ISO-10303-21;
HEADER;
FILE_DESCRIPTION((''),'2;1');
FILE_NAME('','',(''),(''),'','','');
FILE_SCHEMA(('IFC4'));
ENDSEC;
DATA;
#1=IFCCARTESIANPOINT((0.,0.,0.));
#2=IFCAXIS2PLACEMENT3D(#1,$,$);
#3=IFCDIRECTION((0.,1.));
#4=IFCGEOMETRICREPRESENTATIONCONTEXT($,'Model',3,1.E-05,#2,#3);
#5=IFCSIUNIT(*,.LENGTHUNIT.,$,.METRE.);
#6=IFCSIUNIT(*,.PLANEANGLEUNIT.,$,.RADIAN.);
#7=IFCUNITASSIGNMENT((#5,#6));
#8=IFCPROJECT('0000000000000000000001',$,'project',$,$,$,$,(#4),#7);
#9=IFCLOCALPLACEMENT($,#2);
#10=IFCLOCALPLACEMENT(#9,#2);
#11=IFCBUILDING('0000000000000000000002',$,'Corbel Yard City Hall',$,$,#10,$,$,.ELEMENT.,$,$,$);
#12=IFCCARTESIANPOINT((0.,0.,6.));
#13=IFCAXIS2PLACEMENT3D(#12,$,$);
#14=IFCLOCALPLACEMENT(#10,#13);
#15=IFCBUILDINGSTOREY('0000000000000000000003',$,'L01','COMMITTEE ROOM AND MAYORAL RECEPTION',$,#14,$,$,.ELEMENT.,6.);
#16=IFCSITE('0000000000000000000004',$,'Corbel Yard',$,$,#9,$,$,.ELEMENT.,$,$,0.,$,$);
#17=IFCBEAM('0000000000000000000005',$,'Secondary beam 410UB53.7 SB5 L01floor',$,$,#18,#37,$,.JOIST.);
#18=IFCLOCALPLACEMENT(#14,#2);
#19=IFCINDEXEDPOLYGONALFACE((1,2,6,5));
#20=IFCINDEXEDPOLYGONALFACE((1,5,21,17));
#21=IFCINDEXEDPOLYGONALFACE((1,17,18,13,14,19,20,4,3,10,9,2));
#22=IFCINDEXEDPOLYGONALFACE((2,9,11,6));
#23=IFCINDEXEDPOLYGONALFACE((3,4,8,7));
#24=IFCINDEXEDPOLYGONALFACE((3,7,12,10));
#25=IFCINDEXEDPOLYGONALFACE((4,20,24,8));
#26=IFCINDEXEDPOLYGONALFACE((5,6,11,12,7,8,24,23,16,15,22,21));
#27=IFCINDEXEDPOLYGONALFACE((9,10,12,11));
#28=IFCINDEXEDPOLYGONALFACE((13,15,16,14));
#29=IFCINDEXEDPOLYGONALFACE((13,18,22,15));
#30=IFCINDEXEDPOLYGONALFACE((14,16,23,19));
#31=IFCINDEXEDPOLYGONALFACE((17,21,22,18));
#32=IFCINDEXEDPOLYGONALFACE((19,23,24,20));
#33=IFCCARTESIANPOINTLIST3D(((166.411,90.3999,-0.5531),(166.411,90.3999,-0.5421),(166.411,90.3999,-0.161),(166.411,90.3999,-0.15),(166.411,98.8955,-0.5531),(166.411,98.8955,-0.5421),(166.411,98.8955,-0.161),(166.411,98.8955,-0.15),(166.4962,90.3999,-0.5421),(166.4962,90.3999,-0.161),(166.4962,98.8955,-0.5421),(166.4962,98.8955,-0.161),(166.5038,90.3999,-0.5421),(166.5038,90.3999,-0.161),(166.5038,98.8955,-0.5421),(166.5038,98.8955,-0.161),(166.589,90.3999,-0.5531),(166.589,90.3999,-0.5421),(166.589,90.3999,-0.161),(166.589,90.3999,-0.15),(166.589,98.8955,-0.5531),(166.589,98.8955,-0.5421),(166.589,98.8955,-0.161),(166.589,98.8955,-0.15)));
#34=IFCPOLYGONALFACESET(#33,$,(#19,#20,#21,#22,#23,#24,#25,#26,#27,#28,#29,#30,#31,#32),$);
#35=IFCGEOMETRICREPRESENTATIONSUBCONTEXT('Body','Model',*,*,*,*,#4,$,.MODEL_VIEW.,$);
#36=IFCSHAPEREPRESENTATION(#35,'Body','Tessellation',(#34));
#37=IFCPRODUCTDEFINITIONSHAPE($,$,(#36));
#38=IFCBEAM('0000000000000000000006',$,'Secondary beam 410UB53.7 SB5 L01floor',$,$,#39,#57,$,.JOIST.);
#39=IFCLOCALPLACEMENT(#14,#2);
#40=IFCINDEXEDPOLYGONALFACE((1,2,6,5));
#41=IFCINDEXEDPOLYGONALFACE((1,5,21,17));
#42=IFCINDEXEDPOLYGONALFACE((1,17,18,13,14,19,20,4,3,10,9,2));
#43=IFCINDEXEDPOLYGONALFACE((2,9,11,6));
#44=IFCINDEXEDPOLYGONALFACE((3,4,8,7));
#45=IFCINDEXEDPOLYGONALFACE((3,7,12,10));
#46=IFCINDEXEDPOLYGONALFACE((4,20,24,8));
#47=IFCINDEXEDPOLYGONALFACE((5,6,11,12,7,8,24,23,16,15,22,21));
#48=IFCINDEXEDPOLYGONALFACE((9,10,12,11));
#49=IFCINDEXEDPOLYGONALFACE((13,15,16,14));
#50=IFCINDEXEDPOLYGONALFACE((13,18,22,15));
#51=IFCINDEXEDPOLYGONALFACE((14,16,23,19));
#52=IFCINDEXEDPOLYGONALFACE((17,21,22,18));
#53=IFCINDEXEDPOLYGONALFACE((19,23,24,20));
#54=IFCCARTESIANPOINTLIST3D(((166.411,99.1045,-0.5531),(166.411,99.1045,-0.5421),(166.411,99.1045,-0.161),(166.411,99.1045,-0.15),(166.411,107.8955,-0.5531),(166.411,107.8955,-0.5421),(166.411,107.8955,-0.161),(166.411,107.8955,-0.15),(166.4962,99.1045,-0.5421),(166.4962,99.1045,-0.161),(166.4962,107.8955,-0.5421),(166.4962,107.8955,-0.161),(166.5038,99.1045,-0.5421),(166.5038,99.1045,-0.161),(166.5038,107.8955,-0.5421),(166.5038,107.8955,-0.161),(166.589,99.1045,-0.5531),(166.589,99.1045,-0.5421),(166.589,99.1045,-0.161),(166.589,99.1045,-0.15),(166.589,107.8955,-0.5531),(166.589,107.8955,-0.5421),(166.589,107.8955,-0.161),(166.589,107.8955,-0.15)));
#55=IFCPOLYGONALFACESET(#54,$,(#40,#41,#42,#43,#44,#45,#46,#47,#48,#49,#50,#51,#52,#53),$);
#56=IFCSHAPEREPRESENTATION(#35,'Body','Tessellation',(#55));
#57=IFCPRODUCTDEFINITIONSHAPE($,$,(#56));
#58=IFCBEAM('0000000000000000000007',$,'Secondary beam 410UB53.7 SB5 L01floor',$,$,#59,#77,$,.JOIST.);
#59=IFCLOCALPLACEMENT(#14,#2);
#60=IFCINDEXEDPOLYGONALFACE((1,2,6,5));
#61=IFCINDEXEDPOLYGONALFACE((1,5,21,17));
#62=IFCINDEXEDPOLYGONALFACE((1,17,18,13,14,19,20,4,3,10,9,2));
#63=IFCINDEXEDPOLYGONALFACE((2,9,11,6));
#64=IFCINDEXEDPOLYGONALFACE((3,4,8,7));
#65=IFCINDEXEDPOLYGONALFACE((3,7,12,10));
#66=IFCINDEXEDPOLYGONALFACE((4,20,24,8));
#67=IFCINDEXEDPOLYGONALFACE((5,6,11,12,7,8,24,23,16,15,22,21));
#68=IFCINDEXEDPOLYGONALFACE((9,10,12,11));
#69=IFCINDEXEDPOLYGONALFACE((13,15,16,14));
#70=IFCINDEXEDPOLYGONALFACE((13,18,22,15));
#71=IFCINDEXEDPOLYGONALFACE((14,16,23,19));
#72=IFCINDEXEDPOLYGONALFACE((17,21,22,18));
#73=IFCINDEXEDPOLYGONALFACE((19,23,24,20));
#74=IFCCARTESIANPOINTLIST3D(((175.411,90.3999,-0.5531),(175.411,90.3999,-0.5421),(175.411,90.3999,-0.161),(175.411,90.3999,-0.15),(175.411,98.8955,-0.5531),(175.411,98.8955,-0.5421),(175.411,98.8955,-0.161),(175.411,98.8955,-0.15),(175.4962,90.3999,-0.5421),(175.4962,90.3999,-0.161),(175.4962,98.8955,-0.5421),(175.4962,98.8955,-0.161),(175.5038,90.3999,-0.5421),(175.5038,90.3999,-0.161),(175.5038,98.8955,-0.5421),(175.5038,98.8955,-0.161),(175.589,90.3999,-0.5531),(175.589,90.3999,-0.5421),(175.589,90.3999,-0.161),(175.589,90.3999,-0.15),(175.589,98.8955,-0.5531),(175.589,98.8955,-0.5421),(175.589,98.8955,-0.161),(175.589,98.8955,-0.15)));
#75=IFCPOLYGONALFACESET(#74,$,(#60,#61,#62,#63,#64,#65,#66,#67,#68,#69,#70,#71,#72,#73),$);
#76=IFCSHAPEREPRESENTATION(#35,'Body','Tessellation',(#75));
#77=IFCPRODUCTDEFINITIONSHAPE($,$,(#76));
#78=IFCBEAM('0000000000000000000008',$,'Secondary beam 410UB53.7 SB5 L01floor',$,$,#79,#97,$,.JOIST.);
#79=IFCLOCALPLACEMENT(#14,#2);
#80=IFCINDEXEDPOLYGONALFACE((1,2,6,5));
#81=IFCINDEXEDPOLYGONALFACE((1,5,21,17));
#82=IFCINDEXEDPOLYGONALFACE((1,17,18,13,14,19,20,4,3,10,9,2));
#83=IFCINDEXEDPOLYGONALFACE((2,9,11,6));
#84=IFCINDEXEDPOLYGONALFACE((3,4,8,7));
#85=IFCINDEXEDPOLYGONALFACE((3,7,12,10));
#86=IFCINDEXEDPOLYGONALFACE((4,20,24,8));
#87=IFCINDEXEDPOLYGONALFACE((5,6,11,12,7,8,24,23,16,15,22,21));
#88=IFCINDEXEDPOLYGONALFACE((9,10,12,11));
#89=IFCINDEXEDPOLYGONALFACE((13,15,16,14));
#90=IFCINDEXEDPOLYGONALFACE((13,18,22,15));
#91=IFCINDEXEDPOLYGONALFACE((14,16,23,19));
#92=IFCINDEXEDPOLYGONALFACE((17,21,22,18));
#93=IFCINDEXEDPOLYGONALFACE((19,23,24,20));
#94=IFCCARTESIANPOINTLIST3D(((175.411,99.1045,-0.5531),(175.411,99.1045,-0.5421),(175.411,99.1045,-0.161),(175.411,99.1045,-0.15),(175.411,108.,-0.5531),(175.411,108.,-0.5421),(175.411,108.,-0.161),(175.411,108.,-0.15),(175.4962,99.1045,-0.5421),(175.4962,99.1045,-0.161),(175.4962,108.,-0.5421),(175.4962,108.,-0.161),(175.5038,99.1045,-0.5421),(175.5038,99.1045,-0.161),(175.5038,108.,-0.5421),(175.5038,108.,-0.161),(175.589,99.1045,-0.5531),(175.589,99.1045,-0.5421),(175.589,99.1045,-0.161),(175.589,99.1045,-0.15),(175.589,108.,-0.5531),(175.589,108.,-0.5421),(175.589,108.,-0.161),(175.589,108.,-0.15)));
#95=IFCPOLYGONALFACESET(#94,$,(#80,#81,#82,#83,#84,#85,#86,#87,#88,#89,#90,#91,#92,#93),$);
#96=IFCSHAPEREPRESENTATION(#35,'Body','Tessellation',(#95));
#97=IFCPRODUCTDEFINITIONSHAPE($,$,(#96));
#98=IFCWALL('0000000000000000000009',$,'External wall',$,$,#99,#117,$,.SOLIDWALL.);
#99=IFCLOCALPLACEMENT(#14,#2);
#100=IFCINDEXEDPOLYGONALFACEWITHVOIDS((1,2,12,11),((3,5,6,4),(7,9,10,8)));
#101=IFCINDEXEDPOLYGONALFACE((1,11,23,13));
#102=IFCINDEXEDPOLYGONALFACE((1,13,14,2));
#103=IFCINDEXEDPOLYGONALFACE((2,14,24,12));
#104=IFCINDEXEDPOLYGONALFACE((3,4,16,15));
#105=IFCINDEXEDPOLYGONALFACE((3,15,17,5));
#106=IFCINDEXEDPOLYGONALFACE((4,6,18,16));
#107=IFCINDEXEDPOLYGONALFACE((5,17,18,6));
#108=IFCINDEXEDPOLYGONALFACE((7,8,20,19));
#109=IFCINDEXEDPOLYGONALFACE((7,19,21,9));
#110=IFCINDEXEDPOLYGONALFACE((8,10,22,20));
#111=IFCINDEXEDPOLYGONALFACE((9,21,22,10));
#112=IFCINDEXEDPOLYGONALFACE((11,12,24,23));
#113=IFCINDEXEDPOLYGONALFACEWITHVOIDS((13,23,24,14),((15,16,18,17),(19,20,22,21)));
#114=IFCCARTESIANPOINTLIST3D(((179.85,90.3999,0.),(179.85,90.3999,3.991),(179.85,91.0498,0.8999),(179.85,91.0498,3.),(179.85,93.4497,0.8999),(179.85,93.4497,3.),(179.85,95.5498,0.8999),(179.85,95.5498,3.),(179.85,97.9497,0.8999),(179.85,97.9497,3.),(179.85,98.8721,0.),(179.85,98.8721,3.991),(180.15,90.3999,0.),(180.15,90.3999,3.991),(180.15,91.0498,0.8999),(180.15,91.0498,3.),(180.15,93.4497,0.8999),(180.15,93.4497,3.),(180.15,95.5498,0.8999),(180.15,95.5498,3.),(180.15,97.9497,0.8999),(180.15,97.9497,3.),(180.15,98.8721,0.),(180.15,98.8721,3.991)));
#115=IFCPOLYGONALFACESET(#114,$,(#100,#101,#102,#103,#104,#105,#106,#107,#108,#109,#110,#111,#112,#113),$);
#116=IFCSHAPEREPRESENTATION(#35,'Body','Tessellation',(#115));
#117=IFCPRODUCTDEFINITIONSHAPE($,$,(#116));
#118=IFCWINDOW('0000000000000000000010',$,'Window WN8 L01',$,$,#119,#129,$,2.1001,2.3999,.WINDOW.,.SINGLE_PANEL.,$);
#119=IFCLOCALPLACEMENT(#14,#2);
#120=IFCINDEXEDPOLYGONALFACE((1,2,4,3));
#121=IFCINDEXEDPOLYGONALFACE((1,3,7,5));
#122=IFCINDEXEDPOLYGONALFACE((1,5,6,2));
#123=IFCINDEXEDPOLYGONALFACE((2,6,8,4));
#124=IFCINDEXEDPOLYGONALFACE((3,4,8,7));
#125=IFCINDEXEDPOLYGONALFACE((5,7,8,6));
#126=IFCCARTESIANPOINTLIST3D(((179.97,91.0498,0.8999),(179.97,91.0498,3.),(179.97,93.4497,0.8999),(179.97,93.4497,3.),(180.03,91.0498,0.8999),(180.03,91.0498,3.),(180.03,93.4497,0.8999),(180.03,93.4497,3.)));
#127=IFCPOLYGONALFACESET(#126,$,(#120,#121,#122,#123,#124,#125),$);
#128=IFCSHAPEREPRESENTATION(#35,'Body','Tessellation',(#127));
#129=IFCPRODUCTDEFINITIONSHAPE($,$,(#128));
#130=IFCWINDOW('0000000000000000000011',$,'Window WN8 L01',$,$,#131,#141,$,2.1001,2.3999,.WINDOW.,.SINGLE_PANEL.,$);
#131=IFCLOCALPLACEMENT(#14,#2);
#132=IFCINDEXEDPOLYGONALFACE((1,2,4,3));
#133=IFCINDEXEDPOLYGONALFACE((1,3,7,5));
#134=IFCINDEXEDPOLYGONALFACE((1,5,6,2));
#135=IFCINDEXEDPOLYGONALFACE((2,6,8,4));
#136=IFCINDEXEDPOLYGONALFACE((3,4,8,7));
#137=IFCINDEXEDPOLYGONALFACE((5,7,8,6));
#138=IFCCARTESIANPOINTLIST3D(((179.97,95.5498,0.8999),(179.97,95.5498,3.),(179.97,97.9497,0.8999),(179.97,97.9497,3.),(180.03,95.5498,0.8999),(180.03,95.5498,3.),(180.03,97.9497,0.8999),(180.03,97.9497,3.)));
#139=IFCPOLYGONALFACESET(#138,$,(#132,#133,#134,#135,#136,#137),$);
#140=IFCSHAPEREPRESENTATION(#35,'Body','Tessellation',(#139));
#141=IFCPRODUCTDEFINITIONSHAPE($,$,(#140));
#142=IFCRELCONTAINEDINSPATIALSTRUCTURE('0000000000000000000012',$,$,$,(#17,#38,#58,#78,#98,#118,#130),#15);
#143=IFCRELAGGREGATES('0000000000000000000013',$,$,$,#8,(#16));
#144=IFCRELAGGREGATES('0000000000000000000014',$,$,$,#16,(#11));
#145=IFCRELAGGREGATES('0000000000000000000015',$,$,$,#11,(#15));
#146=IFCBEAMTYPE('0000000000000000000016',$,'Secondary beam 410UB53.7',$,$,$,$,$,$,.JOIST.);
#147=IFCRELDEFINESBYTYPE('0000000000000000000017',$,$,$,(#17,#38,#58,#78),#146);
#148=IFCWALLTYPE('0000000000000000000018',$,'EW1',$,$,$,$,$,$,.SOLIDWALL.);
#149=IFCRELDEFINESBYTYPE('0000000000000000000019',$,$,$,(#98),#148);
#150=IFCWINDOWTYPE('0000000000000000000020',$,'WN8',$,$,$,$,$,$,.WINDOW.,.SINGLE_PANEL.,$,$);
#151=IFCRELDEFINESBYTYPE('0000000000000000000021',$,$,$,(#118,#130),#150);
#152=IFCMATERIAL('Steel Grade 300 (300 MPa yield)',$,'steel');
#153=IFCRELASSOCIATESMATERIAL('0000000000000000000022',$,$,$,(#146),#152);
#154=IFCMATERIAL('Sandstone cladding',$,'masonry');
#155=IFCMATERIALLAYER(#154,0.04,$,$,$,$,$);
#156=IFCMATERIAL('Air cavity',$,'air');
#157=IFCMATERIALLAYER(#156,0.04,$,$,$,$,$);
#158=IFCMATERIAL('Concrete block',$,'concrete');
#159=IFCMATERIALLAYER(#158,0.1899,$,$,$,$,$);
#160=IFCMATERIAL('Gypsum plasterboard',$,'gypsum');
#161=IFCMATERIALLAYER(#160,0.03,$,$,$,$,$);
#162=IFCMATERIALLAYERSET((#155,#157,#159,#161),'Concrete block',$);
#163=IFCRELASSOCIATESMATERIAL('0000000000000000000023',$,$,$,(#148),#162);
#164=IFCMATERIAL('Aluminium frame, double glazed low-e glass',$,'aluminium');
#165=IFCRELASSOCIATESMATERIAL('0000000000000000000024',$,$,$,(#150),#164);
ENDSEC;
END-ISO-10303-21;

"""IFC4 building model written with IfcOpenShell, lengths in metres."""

from ifc_helpers import new_model, si_unit, direction, frame, frame_2d, origin, origin_2d, place, context, subcontext, project, spatial, rectangle, i_section, extrude, material, layer, layer_set, material_profile, profile_set, type_object, element, fill, save


model = new_model("IFC4")

# Units and contexts
model_context = context("Model", 3, precision=1e-05, world=origin(), true_north=direction((0.0, 1.0)))
body_context = subcontext(model_context, "Body", "Model", "MODEL_VIEW")
ifc_project = project(units=[si_unit("LENGTHUNIT", "METRE"), si_unit("PLANEANGLEUNIT", "RADIAN")], contexts=[model_context])

# Site, building, storey
site_placement = place(None, origin())
site = spatial("IfcSite", under=ifc_project, at=site_placement, Name="Corbel Yard", CompositionType="ELEMENT", RefElevation=0.0)
building_placement = place(site_placement, origin())
building = spatial("IfcBuilding", under=site, at=building_placement, Name="Corbel Yard City Hall", CompositionType="ELEMENT")
storey_placement = place(building_placement, frame((0.0, 0.0, 6.0)))
storey = spatial("IfcBuildingStorey", under=building, at=storey_placement, Name="L01", Description="COMMITTEE ROOM AND MAYORAL RECEPTION", CompositionType="ELEMENT", Elevation=6.0)

# Shared definitions
ifc_material_1 = material(Name="Steel Grade 300 (300 MPa yield)", Category="steel")

# Beams
ifc_material_profile_1 = material_profile(ifc_material_1, i_section(OverallWidth=0.178, OverallDepth=0.4031, WebThickness=0.0076, FlangeThickness=0.011, at=origin_2d()), Name="410UB53.7")
ifc_profile_set_1 = profile_set([ifc_material_profile_1], Name="Steel Grade 300 (300 MPa yield)")
beam_type_1 = type_object("IfcBeamType", Name="Secondary beam 410UB53.7", PredefinedType="JOIST", material=ifc_profile_set_1)
beam_1_placement = place(storey_placement, frame((166.5, 90.3999, -0.3516), z_axis=(0.0, 1.0, 0.0), x_axis=(-1.0, 0.0, 0.0)))
element("IfcBeam", 1, at=beam_1_placement, inside=storey, type_object=beam_type_1, Name="Secondary beam 410UB53.7 SB5 L01floor", PredefinedType="JOIST", context=body_context, shape_type="SweptSolid", body=[
    extrude(i_section(OverallWidth=0.178, OverallDepth=0.4031, WebThickness=0.0076, FlangeThickness=0.011, at=origin_2d()), origin(), (0.0, 0.0, 1.0), 8.4956),
])
beam_2_placement = place(storey_placement, frame((166.5, 99.1045, -0.3516), z_axis=(0.0, 1.0, 0.0), x_axis=(-1.0, 0.0, 0.0)))
element("IfcBeam", 2, at=beam_2_placement, inside=storey, type_object=beam_type_1, Name="Secondary beam 410UB53.7 SB5 L01floor", PredefinedType="JOIST", context=body_context, shape_type="SweptSolid", body=[
    extrude(i_section(OverallWidth=0.178, OverallDepth=0.4031, WebThickness=0.0076, FlangeThickness=0.011, at=origin_2d()), origin(), (0.0, 0.0, 1.0), 8.791),
])
beam_3_placement = place(storey_placement, frame((175.5, 90.3999, -0.3516), z_axis=(0.0, 1.0, 0.0), x_axis=(-1.0, 0.0, 0.0)))
element("IfcBeam", 3, at=beam_3_placement, inside=storey, type_object=beam_type_1, Name="Secondary beam 410UB53.7 SB5 L01floor", PredefinedType="JOIST", context=body_context, shape_type="SweptSolid", body=[
    extrude(i_section(OverallWidth=0.178, OverallDepth=0.4031, WebThickness=0.0076, FlangeThickness=0.011, at=origin_2d()), origin(), (0.0, 0.0, 1.0), 8.4956),
])
beam_4_placement = place(storey_placement, frame((175.5, 99.1045, -0.3516), z_axis=(0.0, 1.0, 0.0), x_axis=(-1.0, 0.0, 0.0)))
element("IfcBeam", 4, at=beam_4_placement, inside=storey, type_object=beam_type_1, Name="Secondary beam 410UB53.7 SB5 L01floor", PredefinedType="JOIST", context=body_context, shape_type="SweptSolid", body=[
    extrude(i_section(OverallWidth=0.178, OverallDepth=0.4031, WebThickness=0.0076, FlangeThickness=0.011, at=origin_2d()), origin(), (0.0, 0.0, 1.0), 8.8955),
])

# Wall, openings, windows
ifc_material_2 = material(Name="Sandstone cladding", Category="masonry")
ifc_layer_1 = layer(ifc_material_2, 0.04)
ifc_material_3 = material(Name="Air cavity", Category="air")
ifc_layer_2 = layer(ifc_material_3, 0.04)
ifc_material_4 = material(Name="Concrete block", Category="concrete")
ifc_layer_3 = layer(ifc_material_4, 0.1899)
ifc_material_5 = material(Name="Gypsum plasterboard", Category="gypsum")
ifc_layer_4 = layer(ifc_material_5, 0.03)
ifc_layer_set_1 = layer_set([ifc_layer_1, ifc_layer_2, ifc_layer_3, ifc_layer_4], Name="Concrete block")
wall_type_1 = type_object("IfcWallType", Name="EW1", PredefinedType="SOLIDWALL", material=ifc_layer_set_1)
wall_1_placement = place(storey_placement, frame((180.0, 90.3999, 0.0), z_axis=(0.0, 0.0, 1.0), x_axis=(0.0, 1.0, 0.0)))
wall_1 = element("IfcWall", 5, at=wall_1_placement, inside=storey, type_object=wall_type_1, Name="External wall", PredefinedType="SOLIDWALL", context=body_context, shape_type="SweptSolid", body=[
    extrude(rectangle(XDim=8.4722, YDim=0.3, at=frame_2d((4.2361, 0.0))), origin(), (0.0, 0.0, 1.0), 3.991),
])
opening_1_placement = place(wall_1_placement, frame((0.6499, 0.0, 0.8999)))
opening_1 = element("IfcOpeningElement", 6, at=opening_1_placement, cuts=wall_1, PredefinedType="OPENING", context=body_context, shape_type="SweptSolid", body=[
    extrude(rectangle(XDim=2.3999, YDim=2.1001, at=frame_2d((1.2, 1.05))), frame((0.0, 0.1599, 0.0), z_axis=(0.0, -1.0, 0.0), x_axis=(1.0, 0.0, 0.0)), (0.0, 0.0, 1.0), 0.3201),
])
opening_2_placement = place(wall_1_placement, frame((5.1499, 0.0, 0.8999)))
opening_2 = element("IfcOpeningElement", 7, at=opening_2_placement, cuts=wall_1, PredefinedType="OPENING", context=body_context, shape_type="SweptSolid", body=[
    extrude(rectangle(XDim=2.3999, YDim=2.1001, at=frame_2d((1.2, 1.05))), frame((0.0, 0.1599, 0.0), z_axis=(0.0, -1.0, 0.0), x_axis=(1.0, 0.0, 0.0)), (0.0, 0.0, 1.0), 0.3201),
])
ifc_material_6 = material(Name="Aluminium frame, double glazed low-e glass", Category="aluminium")
window_type_1 = type_object("IfcWindowType", Name="WN8", PartitioningType="SINGLE_PANEL", PredefinedType="WINDOW", material=ifc_material_6)
window_1_placement = place(opening_1_placement, origin())
window_1 = element("IfcWindow", 8, at=window_1_placement, inside=storey, type_object=window_type_1, Name="Window WN8 L01", OverallHeight=2.1001, OverallWidth=2.3999, PartitioningType="SINGLE_PANEL", PredefinedType="WINDOW", context=body_context, shape_type="SweptSolid", body=[
    extrude(rectangle(XDim=2.3999, YDim=2.1001, at=frame_2d((1.2, 1.05))), frame((0.0, 0.03, 0.0), z_axis=(0.0, -1.0, 0.0), x_axis=(1.0, 0.0, 0.0)), (0.0, 0.0, 1.0), 0.0601),
])
fill(opening_1, window_1)
window_2_placement = place(opening_2_placement, origin())
window_2 = element("IfcWindow", 9, at=window_2_placement, inside=storey, type_object=window_type_1, Name="Window WN8 L01", OverallHeight=2.1001, OverallWidth=2.3999, PartitioningType="SINGLE_PANEL", PredefinedType="WINDOW", context=body_context, shape_type="SweptSolid", body=[
    extrude(rectangle(XDim=2.3999, YDim=2.1001, at=frame_2d((1.2, 1.05))), frame((0.0, 0.03, 0.0), z_axis=(0.0, -1.0, 0.0), x_axis=(1.0, 0.0, 0.0)), (0.0, 0.0, 1.0), 0.0601),
])
fill(opening_2, window_2)

save(model, "model.ifc")
